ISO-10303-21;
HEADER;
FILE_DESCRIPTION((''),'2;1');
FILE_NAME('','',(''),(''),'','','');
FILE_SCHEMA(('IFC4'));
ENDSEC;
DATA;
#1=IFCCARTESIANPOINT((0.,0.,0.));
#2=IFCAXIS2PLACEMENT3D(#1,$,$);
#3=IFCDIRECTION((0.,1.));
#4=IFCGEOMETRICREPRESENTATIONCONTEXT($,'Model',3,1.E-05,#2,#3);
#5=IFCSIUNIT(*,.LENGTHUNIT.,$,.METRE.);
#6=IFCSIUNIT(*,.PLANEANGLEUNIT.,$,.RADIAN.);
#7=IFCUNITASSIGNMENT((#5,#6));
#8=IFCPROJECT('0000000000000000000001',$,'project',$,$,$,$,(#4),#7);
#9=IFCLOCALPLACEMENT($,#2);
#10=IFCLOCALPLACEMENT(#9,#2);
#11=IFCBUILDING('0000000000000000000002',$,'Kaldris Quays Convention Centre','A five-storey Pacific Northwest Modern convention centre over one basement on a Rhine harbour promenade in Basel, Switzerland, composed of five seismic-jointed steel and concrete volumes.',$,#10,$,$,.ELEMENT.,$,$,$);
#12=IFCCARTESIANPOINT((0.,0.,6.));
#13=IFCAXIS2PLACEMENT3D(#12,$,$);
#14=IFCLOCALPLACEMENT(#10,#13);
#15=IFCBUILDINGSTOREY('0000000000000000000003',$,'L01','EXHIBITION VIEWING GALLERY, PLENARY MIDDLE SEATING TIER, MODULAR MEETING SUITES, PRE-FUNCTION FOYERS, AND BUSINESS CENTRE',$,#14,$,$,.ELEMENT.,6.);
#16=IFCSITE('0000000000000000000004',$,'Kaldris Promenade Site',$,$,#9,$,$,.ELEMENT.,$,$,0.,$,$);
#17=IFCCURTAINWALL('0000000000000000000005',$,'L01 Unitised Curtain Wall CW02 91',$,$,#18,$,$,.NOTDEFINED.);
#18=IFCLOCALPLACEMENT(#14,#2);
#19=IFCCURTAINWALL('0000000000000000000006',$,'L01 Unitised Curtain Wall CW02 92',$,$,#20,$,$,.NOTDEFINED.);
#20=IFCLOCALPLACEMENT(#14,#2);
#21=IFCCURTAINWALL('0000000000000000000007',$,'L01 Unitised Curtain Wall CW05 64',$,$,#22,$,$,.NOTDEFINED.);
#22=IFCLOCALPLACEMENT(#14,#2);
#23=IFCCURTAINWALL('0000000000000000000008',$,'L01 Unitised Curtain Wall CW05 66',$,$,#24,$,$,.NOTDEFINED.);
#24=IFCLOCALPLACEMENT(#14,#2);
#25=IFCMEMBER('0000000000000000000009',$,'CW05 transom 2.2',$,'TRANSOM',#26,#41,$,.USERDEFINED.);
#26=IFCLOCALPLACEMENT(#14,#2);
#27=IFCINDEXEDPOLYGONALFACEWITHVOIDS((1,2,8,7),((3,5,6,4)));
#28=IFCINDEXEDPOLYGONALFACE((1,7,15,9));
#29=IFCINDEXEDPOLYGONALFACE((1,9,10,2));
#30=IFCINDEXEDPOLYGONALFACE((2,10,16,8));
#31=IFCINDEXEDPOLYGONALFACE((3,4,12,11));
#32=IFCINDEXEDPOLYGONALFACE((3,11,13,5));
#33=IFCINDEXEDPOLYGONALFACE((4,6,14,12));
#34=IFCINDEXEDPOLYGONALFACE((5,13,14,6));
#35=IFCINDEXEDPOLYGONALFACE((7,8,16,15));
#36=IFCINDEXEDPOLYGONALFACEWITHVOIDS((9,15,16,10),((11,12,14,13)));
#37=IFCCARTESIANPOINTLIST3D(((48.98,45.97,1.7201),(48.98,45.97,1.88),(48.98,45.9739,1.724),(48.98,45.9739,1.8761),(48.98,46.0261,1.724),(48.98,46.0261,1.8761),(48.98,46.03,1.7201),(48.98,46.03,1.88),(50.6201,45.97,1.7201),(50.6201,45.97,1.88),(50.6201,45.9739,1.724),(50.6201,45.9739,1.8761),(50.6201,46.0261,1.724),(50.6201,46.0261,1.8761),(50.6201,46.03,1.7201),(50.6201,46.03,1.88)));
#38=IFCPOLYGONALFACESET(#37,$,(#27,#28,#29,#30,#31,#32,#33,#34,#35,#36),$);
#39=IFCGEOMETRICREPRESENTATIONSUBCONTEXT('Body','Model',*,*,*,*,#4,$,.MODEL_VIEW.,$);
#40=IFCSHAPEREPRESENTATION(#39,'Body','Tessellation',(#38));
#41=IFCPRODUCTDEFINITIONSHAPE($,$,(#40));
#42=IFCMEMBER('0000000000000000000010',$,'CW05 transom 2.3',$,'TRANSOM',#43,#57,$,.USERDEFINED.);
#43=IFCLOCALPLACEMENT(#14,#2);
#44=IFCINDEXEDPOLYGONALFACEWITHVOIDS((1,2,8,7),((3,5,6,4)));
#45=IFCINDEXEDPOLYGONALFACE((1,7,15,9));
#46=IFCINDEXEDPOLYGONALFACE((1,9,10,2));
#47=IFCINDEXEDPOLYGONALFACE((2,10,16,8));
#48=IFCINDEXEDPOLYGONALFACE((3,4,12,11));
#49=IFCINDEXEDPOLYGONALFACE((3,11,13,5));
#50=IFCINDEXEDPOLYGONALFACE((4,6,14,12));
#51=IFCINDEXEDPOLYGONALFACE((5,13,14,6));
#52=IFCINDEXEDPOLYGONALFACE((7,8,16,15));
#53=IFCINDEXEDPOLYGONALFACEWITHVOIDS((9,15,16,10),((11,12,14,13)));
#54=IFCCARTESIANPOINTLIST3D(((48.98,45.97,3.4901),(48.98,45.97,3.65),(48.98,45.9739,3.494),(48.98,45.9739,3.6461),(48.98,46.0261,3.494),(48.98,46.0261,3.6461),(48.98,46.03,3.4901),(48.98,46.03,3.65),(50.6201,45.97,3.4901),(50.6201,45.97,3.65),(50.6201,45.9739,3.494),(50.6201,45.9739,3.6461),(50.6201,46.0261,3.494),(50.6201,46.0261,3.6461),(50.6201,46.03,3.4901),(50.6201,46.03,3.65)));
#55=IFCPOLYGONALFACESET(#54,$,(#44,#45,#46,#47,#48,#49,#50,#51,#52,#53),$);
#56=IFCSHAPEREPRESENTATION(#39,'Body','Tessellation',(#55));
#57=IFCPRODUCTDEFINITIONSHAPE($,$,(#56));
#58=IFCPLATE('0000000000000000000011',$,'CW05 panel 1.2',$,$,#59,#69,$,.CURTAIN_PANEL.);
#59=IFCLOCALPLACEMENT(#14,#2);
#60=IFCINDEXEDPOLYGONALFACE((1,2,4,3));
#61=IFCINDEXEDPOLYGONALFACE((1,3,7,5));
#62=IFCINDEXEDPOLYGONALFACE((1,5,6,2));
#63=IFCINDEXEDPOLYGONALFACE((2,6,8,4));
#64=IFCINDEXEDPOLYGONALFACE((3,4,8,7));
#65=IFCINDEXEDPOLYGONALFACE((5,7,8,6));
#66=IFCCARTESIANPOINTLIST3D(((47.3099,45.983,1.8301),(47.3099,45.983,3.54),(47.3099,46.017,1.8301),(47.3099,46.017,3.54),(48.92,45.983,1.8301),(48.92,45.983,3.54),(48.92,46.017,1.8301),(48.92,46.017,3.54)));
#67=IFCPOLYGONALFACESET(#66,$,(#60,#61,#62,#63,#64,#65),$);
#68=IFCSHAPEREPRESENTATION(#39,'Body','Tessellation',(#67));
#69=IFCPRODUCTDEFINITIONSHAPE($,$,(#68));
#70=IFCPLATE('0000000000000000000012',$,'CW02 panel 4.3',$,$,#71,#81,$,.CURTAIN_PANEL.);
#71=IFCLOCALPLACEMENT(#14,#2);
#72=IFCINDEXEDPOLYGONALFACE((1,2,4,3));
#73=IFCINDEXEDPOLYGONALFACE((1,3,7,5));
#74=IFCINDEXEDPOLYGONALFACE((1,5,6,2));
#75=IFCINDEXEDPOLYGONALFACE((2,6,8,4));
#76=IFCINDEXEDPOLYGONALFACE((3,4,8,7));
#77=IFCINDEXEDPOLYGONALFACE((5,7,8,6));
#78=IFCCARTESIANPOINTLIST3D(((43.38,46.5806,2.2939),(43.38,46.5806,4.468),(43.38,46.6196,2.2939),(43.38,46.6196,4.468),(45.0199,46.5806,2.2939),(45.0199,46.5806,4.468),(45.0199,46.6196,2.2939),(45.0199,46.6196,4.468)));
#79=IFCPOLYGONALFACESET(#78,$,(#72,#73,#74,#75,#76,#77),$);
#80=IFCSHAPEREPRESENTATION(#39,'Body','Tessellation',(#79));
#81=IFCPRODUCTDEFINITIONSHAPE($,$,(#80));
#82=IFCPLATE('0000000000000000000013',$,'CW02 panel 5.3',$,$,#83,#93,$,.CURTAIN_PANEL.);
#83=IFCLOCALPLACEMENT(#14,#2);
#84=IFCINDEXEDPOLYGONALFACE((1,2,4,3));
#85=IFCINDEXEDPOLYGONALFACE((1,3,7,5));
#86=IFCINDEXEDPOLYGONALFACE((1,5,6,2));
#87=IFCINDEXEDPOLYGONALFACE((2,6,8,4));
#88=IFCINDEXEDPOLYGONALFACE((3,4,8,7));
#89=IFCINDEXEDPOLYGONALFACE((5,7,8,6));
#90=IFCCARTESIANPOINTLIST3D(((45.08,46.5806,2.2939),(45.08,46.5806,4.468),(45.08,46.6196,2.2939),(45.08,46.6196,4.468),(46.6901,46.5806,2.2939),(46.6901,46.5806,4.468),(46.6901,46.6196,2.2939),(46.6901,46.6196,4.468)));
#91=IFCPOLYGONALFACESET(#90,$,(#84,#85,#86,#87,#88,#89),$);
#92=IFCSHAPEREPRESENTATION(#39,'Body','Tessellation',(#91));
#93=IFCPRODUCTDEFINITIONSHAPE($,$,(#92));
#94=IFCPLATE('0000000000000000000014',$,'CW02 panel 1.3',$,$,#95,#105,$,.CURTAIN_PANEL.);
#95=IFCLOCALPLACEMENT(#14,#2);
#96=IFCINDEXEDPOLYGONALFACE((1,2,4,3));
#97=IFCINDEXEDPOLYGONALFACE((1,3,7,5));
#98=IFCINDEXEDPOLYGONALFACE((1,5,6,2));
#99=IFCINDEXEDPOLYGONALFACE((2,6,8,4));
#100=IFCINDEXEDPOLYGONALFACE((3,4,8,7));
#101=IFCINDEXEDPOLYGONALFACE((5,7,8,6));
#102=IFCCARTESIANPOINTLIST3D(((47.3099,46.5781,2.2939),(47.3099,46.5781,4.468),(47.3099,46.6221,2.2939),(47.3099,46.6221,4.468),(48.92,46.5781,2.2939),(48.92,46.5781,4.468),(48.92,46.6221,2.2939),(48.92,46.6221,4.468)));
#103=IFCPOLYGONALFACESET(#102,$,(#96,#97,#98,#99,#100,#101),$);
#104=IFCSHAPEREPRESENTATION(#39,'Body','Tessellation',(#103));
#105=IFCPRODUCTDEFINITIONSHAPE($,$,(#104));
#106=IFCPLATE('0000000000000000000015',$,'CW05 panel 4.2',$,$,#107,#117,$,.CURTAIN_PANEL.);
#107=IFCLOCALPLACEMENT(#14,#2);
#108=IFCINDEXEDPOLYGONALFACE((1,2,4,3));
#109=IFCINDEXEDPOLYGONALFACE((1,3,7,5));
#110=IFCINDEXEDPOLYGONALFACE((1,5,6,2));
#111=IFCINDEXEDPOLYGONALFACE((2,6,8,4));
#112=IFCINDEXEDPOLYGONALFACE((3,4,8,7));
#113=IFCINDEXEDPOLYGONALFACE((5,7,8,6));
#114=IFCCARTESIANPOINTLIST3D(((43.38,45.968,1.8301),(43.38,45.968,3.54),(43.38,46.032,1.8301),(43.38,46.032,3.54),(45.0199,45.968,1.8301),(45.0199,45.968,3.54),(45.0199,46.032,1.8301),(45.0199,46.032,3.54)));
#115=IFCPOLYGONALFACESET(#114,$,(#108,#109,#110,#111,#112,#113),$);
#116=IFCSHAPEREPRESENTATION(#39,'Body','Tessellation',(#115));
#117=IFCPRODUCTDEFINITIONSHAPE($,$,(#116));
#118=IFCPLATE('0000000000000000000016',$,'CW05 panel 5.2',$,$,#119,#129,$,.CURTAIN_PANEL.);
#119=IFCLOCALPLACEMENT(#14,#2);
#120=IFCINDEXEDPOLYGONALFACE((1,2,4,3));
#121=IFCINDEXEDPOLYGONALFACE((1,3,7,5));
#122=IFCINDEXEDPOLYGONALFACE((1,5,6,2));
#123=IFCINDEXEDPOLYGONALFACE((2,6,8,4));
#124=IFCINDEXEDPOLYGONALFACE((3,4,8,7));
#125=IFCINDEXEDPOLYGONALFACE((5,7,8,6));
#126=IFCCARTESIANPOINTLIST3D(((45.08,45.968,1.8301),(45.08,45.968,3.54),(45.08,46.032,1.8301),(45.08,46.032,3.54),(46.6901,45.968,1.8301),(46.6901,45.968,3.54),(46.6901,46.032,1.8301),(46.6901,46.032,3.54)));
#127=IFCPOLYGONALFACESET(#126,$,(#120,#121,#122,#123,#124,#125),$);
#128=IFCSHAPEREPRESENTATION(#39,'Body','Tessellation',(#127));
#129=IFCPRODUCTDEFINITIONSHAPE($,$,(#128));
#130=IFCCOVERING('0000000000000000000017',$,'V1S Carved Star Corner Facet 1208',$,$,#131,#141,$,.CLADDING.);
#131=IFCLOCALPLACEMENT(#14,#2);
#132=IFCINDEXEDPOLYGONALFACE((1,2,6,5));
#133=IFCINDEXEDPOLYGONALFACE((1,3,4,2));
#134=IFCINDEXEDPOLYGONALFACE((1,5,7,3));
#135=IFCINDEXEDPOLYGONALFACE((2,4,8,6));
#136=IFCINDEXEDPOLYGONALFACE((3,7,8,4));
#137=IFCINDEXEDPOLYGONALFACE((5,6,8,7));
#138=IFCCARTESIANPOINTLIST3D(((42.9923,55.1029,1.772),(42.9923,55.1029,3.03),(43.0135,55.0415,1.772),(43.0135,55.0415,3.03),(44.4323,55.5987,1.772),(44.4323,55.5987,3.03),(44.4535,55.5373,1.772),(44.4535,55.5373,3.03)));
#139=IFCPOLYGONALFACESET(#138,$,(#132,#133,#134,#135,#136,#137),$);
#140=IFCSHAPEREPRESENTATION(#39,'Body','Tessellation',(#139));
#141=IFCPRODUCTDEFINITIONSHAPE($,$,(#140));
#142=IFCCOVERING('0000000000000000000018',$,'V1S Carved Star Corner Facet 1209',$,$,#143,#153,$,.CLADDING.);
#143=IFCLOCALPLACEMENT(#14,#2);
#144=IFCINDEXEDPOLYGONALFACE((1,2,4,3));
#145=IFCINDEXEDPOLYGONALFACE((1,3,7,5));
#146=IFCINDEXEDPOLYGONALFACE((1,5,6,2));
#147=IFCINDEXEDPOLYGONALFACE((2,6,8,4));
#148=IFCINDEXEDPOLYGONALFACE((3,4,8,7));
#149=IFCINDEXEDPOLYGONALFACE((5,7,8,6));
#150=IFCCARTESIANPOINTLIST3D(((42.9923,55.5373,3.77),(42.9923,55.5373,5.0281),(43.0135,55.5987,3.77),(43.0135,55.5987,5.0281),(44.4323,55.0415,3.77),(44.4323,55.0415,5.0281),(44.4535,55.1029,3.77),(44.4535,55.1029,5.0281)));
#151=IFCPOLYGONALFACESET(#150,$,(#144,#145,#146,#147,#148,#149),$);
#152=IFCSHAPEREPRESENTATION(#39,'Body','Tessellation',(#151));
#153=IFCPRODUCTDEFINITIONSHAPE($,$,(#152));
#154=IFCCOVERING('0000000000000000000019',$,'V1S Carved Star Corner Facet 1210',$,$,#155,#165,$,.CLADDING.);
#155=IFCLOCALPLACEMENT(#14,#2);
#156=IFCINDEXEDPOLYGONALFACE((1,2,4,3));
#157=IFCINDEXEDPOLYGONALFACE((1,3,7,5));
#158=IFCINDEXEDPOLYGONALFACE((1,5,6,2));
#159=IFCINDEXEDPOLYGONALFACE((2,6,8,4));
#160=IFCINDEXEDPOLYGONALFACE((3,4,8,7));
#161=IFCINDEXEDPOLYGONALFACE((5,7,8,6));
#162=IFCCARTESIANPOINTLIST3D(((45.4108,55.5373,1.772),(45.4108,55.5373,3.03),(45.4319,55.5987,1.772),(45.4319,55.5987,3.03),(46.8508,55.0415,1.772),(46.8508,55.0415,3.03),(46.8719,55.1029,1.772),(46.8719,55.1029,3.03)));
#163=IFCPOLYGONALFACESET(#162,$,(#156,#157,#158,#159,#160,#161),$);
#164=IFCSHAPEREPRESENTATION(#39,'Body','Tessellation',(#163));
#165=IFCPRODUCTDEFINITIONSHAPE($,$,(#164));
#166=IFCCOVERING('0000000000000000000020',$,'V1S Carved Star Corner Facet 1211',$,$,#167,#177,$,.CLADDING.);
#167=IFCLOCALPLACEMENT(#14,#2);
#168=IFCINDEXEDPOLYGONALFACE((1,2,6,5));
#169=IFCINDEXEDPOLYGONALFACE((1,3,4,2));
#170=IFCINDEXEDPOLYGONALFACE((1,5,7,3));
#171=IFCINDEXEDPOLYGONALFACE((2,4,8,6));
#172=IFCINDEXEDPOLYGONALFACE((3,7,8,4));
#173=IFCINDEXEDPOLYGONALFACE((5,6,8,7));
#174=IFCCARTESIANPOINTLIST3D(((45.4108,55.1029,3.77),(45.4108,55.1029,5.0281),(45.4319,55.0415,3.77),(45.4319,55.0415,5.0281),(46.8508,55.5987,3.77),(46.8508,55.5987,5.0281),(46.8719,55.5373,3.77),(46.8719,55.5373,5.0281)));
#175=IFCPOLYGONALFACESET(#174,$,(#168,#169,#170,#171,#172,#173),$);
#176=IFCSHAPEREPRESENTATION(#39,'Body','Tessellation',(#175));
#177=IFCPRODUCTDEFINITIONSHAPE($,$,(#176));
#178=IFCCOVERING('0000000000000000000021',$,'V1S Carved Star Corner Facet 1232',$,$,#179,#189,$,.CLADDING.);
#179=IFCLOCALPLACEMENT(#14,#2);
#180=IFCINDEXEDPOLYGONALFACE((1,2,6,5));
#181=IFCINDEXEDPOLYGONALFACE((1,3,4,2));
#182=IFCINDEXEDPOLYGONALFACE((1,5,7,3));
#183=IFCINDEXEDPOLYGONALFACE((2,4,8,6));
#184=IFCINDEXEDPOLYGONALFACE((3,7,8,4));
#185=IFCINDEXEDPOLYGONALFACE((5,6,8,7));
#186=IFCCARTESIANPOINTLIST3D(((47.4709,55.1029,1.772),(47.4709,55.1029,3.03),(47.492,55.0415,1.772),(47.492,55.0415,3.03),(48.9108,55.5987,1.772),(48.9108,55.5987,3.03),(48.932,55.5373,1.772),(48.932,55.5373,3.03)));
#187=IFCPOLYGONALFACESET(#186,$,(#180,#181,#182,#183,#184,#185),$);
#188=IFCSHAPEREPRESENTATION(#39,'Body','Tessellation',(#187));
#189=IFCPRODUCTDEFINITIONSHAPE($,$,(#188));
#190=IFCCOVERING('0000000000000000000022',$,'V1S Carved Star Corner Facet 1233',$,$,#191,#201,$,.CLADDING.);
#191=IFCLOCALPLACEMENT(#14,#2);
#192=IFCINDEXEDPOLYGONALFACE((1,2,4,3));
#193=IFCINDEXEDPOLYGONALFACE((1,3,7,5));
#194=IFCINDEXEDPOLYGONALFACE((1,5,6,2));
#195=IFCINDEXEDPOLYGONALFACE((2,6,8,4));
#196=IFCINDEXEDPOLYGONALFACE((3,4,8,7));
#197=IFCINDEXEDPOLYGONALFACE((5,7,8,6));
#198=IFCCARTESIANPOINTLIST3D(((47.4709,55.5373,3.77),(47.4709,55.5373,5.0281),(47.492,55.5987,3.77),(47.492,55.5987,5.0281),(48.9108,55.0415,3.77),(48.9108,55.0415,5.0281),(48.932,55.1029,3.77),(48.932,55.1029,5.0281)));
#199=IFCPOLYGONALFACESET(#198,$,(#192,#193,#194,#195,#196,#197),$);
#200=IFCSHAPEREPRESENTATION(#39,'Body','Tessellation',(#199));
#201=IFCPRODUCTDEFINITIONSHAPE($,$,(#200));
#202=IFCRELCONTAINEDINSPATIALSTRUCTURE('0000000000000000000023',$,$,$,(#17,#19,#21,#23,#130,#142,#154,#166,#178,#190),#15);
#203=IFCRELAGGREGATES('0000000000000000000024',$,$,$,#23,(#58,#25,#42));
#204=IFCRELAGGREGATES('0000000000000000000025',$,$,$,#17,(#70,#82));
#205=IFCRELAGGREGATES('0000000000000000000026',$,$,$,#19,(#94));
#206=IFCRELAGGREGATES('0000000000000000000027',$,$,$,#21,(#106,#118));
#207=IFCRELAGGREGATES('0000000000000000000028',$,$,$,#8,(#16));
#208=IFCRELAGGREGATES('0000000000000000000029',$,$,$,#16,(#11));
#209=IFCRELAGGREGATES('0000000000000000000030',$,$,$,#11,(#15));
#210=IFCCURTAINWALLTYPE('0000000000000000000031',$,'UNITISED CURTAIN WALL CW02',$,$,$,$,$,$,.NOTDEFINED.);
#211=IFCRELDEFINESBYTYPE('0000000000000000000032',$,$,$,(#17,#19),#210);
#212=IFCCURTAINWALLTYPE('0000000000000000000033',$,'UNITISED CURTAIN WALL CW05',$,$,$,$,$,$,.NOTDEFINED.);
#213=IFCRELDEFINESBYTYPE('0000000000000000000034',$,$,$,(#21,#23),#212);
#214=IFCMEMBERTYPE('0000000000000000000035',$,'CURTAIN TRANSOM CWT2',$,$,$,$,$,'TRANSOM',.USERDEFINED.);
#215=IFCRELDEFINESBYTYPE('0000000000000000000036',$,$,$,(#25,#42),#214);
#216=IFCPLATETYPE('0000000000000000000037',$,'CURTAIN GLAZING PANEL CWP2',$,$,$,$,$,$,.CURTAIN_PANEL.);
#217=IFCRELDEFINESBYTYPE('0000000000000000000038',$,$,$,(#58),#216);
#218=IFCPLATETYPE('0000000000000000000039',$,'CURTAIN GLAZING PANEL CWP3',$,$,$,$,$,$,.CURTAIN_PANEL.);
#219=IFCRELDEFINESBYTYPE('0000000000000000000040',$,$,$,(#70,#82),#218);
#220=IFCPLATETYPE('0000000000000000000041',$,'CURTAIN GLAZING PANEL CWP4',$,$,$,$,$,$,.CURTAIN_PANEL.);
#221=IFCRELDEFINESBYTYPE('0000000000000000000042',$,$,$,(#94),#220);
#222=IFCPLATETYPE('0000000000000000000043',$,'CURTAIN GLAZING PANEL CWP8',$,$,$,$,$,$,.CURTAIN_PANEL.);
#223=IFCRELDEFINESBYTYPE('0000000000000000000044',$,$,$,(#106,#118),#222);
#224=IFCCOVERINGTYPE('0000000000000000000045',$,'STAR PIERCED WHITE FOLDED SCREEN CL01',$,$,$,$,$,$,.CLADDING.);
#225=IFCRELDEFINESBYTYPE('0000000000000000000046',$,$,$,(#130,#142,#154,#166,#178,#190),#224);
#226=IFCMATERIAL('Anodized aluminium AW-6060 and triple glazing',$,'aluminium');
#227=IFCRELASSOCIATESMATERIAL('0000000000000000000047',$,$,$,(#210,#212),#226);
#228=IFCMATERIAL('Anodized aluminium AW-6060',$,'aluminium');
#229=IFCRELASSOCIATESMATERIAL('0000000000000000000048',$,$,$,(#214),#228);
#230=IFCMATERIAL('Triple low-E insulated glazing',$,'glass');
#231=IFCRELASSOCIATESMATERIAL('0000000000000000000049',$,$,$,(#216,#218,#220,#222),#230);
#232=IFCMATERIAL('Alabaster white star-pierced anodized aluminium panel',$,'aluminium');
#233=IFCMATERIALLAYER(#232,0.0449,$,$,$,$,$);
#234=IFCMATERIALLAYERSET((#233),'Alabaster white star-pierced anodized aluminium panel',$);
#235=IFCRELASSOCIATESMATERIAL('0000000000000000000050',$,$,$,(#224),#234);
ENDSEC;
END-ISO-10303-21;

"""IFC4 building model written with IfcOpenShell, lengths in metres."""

from ifc_helpers import new_model, si_unit, direction, frame, origin, origin_2d, place, context, subcontext, project, spatial, rectangle, hollow_rectangle, extrude, material, layer, layer_set, material_profile, profile_set, type_object, element, aggregate, save


model = new_model("IFC4")

# Units and contexts
model_context = context("Model", 3, precision=1e-05, world=origin(), true_north=direction((0.0, 1.0)))
body_context = subcontext(model_context, "Body", "Model", "MODEL_VIEW")
ifc_project = project(units=[si_unit("LENGTHUNIT", "METRE"), si_unit("PLANEANGLEUNIT", "RADIAN")], contexts=[model_context])

# Site, building, storey
site_placement = place(None, origin())
site = spatial("IfcSite", under=ifc_project, at=site_placement, Name="Kaldris Promenade Site", CompositionType="ELEMENT", RefElevation=0.0)
building_placement = place(site_placement, origin())
building = spatial("IfcBuilding", under=site, at=building_placement, Name="Kaldris Quays Convention Centre", Description="A five-storey Pacific Northwest Modern convention centre over one basement on a Rhine harbour promenade in Basel, Switzerland, composed of five seismic-jointed steel and concrete volumes.", CompositionType="ELEMENT")
storey_placement = place(building_placement, frame((0.0, 0.0, 6.0)))
storey = spatial("IfcBuildingStorey", under=building, at=storey_placement, Name="L01", Description="EXHIBITION VIEWING GALLERY, PLENARY MIDDLE SEATING TIER, MODULAR MEETING SUITES, PRE-FUNCTION FOYERS, AND BUSINESS CENTRE", CompositionType="ELEMENT", Elevation=6.0)

# Curtain walls
ifc_material_1 = material(Name="Anodized aluminium AW-6060 and triple glazing", Category="aluminium")
curtain_wall_type_1 = type_object("IfcCurtainWallType", Name="UNITISED CURTAIN WALL CW02", PredefinedType="NOTDEFINED", material=ifc_material_1)
curtain_wall_1_placement = place(storey_placement, origin())
curtain_wall_1 = element("IfcCurtainWall", 1, at=curtain_wall_1_placement, inside=storey, type_object=curtain_wall_type_1, Name="L01 Unitised Curtain Wall CW02 91", PredefinedType="NOTDEFINED")
ifc_material_2 = material(Name="Anodized aluminium AW-6060", Category="aluminium")
curtain_wall_2_placement = place(storey_placement, origin())
curtain_wall_2 = element("IfcCurtainWall", 2, at=curtain_wall_2_placement, inside=storey, type_object=curtain_wall_type_1, Name="L01 Unitised Curtain Wall CW02 92", PredefinedType="NOTDEFINED")
curtain_wall_type_2 = type_object("IfcCurtainWallType", Name="UNITISED CURTAIN WALL CW05", PredefinedType="NOTDEFINED", material=ifc_material_1)
curtain_wall_3_placement = place(storey_placement, origin())
curtain_wall_3 = element("IfcCurtainWall", 3, at=curtain_wall_3_placement, inside=storey, type_object=curtain_wall_type_2, Name="L01 Unitised Curtain Wall CW05 64", PredefinedType="NOTDEFINED")
ifc_material_profile_1 = material_profile(ifc_material_2, hollow_rectangle(XDim=0.0601, YDim=0.1599, WallThickness=0.0039, at=origin_2d()), Name="RHS 160x60x4")
ifc_profile_set_1 = profile_set([ifc_material_profile_1], Name="Anodized aluminium AW-6060")
member_type_1 = type_object("IfcMemberType", Name="CURTAIN TRANSOM CWT2", ElementType="TRANSOM", PredefinedType="USERDEFINED", material=ifc_profile_set_1)

# Curtain wall, members, plate
curtain_wall_4_placement = place(storey_placement, origin())
curtain_wall_4 = element("IfcCurtainWall", 4, at=curtain_wall_4_placement, inside=storey, type_object=curtain_wall_type_2, Name="L01 Unitised Curtain Wall CW05 66", PredefinedType="NOTDEFINED")
member_1_placement = place(storey_placement, frame((48.98, 46.0, 1.8), z_axis=(1.0, 0.0, 0.0), x_axis=(0.0, 1.0, 0.0)))
member_1 = element("IfcMember", 5, at=member_1_placement, type_object=member_type_1, Name="CW05 transom 2.2", ObjectType="TRANSOM", PredefinedType="USERDEFINED", context=body_context, shape_type="SweptSolid", body=[
    extrude(hollow_rectangle(XDim=0.0601, YDim=0.1599, WallThickness=0.0039, at=origin_2d()), origin(), (0.0, 0.0, 1.0), 1.6401),
])
member_2_placement = place(storey_placement, frame((48.98, 46.0, 3.5701), z_axis=(1.0, 0.0, 0.0), x_axis=(0.0, 1.0, 0.0)))
member_2 = element("IfcMember", 6, at=member_2_placement, type_object=member_type_1, Name="CW05 transom 2.3", ObjectType="TRANSOM", PredefinedType="USERDEFINED", context=body_context, shape_type="SweptSolid", body=[
    extrude(hollow_rectangle(XDim=0.0601, YDim=0.1599, WallThickness=0.0039, at=origin_2d()), origin(), (0.0, 0.0, 1.0), 1.6401),
])
ifc_material_3 = material(Name="Triple low-E insulated glazing", Category="glass")
plate_type_1 = type_object("IfcPlateType", Name="CURTAIN GLAZING PANEL CWP2", PredefinedType="CURTAIN_PANEL", material=ifc_material_3)
plate_1_placement = place(storey_placement, frame((48.115, 46.0, 1.8301), z_axis=(0.0, 0.0, 1.0), x_axis=(1.0, 0.0, 0.0)))
plate_1 = element("IfcPlate", 7, at=plate_1_placement, type_object=plate_type_1, Name="CW05 panel 1.2", PredefinedType="CURTAIN_PANEL", context=body_context, shape_type="SweptSolid", body=[
    extrude(rectangle(XDim=1.6101, YDim=0.0339, at=origin_2d()), origin(), (0.0, 0.0, 1.0), 1.71),
])
aggregate(curtain_wall_4, [plate_1, member_1, member_2])

# Plates
plate_type_2 = type_object("IfcPlateType", Name="CURTAIN GLAZING PANEL CWP3", PredefinedType="CURTAIN_PANEL", material=ifc_material_3)
plate_2_placement = place(storey_placement, frame((44.2, 46.6001, 2.2939), z_axis=(0.0, 0.0, 1.0), x_axis=(1.0, 0.0, 0.0)))
plate_2 = element("IfcPlate", 8, at=plate_2_placement, type_object=plate_type_2, Name="CW02 panel 4.3", PredefinedType="CURTAIN_PANEL", context=body_context, shape_type="SweptSolid", body=[
    extrude(rectangle(XDim=1.6399, YDim=0.0391, at=origin_2d()), origin(), (0.0, 0.0, 1.0), 2.1741),
])
plate_3_placement = place(storey_placement, frame((45.885, 46.6001, 2.2939), z_axis=(0.0, 0.0, 1.0), x_axis=(1.0, 0.0, 0.0)))
plate_3 = element("IfcPlate", 9, at=plate_3_placement, type_object=plate_type_2, Name="CW02 panel 5.3", PredefinedType="CURTAIN_PANEL", context=body_context, shape_type="SweptSolid", body=[
    extrude(rectangle(XDim=1.6101, YDim=0.0391, at=origin_2d()), origin(), (0.0, 0.0, 1.0), 2.1741),
])
aggregate(curtain_wall_1, [plate_2, plate_3])
plate_type_3 = type_object("IfcPlateType", Name="CURTAIN GLAZING PANEL CWP4", PredefinedType="CURTAIN_PANEL", material=ifc_material_3)
plate_4_placement = place(storey_placement, frame((48.115, 46.6001, 2.2939), z_axis=(0.0, 0.0, 1.0), x_axis=(1.0, 0.0, 0.0)))
plate_4 = element("IfcPlate", 10, at=plate_4_placement, type_object=plate_type_3, Name="CW02 panel 1.3", PredefinedType="CURTAIN_PANEL", context=body_context, shape_type="SweptSolid", body=[
    extrude(rectangle(XDim=1.6101, YDim=0.0439, at=origin_2d()), origin(), (0.0, 0.0, 1.0), 2.1741),
])
aggregate(curtain_wall_2, [plate_4])
plate_type_4 = type_object("IfcPlateType", Name="CURTAIN GLAZING PANEL CWP8", PredefinedType="CURTAIN_PANEL", material=ifc_material_3)
plate_5_placement = place(storey_placement, frame((44.2, 46.0, 1.8301), z_axis=(0.0, 0.0, 1.0), x_axis=(1.0, 0.0, 0.0)))
plate_5 = element("IfcPlate", 11, at=plate_5_placement, type_object=plate_type_4, Name="CW05 panel 4.2", PredefinedType="CURTAIN_PANEL", context=body_context, shape_type="SweptSolid", body=[
    extrude(rectangle(XDim=1.6399, YDim=0.064, at=origin_2d()), origin(), (0.0, 0.0, 1.0), 1.71),
])
plate_6_placement = place(storey_placement, frame((45.885, 46.0, 1.8301), z_axis=(0.0, 0.0, 1.0), x_axis=(1.0, 0.0, 0.0)))
plate_6 = element("IfcPlate", 12, at=plate_6_placement, type_object=plate_type_4, Name="CW05 panel 5.2", PredefinedType="CURTAIN_PANEL", context=body_context, shape_type="SweptSolid", body=[
    extrude(rectangle(XDim=1.6101, YDim=0.064, at=origin_2d()), origin(), (0.0, 0.0, 1.0), 1.71),
])
aggregate(curtain_wall_3, [plate_5, plate_6])

# Coverings
ifc_material_4 = material(Name="Alabaster white star-pierced anodized aluminium panel", Category="aluminium")
ifc_layer = layer(ifc_material_4, 0.0449)
ifc_layer_set = layer_set([ifc_layer], Name="Alabaster white star-pierced anodized aluminium panel")
covering_type = type_object("IfcCoveringType", Name="STAR PIERCED WHITE FOLDED SCREEN CL01", PredefinedType="CLADDING", material=ifc_layer_set)
for number, where, z_axis, x_axis, name in (
    (13, (43.7229, 55.3201, 1.772), (0.0, 0.0, 1.0), (0.945519, 0.325568, 0.0), "V1S Carved Star Corner Facet 1208"),
    (14, (43.7229, 55.3201, 3.77), (0.0, 0.0, 1.0), (0.945519, -0.325568, 0.0), "V1S Carved Star Corner Facet 1209"),
    (15, (46.1414, 55.3201, 1.772), (0.0, 0.0, 1.0), (0.945519, -0.325568, 0.0), "V1S Carved Star Corner Facet 1210"),
    (16, (46.1414, 55.3201, 3.77), (0.0, 0.0, 1.0), (0.945519, 0.325568, 0.0), "V1S Carved Star Corner Facet 1211"),
    (17, (48.2014, 55.3201, 1.772), (0.0, 0.0, 1.0), (0.945519, 0.325568, 0.0), "V1S Carved Star Corner Facet 1232"),
    (18, (48.2014, 55.3201, 3.77), (0.0, 0.0, 1.0), (0.945519, -0.325568, 0.0), "V1S Carved Star Corner Facet 1233"),
):
    element("IfcCovering", number, at=place(storey_placement, frame(where, z_axis=z_axis, x_axis=x_axis)), inside=storey, type_object=covering_type, Name=name, PredefinedType="CLADDING", context=body_context, shape_type="SweptSolid", body=[
        extrude(rectangle(XDim=1.5229, YDim=0.0649, at=origin_2d()), origin(), (0.0, 0.0, 1.0), 1.2581),
    ])

save(model, "model.ifc")
